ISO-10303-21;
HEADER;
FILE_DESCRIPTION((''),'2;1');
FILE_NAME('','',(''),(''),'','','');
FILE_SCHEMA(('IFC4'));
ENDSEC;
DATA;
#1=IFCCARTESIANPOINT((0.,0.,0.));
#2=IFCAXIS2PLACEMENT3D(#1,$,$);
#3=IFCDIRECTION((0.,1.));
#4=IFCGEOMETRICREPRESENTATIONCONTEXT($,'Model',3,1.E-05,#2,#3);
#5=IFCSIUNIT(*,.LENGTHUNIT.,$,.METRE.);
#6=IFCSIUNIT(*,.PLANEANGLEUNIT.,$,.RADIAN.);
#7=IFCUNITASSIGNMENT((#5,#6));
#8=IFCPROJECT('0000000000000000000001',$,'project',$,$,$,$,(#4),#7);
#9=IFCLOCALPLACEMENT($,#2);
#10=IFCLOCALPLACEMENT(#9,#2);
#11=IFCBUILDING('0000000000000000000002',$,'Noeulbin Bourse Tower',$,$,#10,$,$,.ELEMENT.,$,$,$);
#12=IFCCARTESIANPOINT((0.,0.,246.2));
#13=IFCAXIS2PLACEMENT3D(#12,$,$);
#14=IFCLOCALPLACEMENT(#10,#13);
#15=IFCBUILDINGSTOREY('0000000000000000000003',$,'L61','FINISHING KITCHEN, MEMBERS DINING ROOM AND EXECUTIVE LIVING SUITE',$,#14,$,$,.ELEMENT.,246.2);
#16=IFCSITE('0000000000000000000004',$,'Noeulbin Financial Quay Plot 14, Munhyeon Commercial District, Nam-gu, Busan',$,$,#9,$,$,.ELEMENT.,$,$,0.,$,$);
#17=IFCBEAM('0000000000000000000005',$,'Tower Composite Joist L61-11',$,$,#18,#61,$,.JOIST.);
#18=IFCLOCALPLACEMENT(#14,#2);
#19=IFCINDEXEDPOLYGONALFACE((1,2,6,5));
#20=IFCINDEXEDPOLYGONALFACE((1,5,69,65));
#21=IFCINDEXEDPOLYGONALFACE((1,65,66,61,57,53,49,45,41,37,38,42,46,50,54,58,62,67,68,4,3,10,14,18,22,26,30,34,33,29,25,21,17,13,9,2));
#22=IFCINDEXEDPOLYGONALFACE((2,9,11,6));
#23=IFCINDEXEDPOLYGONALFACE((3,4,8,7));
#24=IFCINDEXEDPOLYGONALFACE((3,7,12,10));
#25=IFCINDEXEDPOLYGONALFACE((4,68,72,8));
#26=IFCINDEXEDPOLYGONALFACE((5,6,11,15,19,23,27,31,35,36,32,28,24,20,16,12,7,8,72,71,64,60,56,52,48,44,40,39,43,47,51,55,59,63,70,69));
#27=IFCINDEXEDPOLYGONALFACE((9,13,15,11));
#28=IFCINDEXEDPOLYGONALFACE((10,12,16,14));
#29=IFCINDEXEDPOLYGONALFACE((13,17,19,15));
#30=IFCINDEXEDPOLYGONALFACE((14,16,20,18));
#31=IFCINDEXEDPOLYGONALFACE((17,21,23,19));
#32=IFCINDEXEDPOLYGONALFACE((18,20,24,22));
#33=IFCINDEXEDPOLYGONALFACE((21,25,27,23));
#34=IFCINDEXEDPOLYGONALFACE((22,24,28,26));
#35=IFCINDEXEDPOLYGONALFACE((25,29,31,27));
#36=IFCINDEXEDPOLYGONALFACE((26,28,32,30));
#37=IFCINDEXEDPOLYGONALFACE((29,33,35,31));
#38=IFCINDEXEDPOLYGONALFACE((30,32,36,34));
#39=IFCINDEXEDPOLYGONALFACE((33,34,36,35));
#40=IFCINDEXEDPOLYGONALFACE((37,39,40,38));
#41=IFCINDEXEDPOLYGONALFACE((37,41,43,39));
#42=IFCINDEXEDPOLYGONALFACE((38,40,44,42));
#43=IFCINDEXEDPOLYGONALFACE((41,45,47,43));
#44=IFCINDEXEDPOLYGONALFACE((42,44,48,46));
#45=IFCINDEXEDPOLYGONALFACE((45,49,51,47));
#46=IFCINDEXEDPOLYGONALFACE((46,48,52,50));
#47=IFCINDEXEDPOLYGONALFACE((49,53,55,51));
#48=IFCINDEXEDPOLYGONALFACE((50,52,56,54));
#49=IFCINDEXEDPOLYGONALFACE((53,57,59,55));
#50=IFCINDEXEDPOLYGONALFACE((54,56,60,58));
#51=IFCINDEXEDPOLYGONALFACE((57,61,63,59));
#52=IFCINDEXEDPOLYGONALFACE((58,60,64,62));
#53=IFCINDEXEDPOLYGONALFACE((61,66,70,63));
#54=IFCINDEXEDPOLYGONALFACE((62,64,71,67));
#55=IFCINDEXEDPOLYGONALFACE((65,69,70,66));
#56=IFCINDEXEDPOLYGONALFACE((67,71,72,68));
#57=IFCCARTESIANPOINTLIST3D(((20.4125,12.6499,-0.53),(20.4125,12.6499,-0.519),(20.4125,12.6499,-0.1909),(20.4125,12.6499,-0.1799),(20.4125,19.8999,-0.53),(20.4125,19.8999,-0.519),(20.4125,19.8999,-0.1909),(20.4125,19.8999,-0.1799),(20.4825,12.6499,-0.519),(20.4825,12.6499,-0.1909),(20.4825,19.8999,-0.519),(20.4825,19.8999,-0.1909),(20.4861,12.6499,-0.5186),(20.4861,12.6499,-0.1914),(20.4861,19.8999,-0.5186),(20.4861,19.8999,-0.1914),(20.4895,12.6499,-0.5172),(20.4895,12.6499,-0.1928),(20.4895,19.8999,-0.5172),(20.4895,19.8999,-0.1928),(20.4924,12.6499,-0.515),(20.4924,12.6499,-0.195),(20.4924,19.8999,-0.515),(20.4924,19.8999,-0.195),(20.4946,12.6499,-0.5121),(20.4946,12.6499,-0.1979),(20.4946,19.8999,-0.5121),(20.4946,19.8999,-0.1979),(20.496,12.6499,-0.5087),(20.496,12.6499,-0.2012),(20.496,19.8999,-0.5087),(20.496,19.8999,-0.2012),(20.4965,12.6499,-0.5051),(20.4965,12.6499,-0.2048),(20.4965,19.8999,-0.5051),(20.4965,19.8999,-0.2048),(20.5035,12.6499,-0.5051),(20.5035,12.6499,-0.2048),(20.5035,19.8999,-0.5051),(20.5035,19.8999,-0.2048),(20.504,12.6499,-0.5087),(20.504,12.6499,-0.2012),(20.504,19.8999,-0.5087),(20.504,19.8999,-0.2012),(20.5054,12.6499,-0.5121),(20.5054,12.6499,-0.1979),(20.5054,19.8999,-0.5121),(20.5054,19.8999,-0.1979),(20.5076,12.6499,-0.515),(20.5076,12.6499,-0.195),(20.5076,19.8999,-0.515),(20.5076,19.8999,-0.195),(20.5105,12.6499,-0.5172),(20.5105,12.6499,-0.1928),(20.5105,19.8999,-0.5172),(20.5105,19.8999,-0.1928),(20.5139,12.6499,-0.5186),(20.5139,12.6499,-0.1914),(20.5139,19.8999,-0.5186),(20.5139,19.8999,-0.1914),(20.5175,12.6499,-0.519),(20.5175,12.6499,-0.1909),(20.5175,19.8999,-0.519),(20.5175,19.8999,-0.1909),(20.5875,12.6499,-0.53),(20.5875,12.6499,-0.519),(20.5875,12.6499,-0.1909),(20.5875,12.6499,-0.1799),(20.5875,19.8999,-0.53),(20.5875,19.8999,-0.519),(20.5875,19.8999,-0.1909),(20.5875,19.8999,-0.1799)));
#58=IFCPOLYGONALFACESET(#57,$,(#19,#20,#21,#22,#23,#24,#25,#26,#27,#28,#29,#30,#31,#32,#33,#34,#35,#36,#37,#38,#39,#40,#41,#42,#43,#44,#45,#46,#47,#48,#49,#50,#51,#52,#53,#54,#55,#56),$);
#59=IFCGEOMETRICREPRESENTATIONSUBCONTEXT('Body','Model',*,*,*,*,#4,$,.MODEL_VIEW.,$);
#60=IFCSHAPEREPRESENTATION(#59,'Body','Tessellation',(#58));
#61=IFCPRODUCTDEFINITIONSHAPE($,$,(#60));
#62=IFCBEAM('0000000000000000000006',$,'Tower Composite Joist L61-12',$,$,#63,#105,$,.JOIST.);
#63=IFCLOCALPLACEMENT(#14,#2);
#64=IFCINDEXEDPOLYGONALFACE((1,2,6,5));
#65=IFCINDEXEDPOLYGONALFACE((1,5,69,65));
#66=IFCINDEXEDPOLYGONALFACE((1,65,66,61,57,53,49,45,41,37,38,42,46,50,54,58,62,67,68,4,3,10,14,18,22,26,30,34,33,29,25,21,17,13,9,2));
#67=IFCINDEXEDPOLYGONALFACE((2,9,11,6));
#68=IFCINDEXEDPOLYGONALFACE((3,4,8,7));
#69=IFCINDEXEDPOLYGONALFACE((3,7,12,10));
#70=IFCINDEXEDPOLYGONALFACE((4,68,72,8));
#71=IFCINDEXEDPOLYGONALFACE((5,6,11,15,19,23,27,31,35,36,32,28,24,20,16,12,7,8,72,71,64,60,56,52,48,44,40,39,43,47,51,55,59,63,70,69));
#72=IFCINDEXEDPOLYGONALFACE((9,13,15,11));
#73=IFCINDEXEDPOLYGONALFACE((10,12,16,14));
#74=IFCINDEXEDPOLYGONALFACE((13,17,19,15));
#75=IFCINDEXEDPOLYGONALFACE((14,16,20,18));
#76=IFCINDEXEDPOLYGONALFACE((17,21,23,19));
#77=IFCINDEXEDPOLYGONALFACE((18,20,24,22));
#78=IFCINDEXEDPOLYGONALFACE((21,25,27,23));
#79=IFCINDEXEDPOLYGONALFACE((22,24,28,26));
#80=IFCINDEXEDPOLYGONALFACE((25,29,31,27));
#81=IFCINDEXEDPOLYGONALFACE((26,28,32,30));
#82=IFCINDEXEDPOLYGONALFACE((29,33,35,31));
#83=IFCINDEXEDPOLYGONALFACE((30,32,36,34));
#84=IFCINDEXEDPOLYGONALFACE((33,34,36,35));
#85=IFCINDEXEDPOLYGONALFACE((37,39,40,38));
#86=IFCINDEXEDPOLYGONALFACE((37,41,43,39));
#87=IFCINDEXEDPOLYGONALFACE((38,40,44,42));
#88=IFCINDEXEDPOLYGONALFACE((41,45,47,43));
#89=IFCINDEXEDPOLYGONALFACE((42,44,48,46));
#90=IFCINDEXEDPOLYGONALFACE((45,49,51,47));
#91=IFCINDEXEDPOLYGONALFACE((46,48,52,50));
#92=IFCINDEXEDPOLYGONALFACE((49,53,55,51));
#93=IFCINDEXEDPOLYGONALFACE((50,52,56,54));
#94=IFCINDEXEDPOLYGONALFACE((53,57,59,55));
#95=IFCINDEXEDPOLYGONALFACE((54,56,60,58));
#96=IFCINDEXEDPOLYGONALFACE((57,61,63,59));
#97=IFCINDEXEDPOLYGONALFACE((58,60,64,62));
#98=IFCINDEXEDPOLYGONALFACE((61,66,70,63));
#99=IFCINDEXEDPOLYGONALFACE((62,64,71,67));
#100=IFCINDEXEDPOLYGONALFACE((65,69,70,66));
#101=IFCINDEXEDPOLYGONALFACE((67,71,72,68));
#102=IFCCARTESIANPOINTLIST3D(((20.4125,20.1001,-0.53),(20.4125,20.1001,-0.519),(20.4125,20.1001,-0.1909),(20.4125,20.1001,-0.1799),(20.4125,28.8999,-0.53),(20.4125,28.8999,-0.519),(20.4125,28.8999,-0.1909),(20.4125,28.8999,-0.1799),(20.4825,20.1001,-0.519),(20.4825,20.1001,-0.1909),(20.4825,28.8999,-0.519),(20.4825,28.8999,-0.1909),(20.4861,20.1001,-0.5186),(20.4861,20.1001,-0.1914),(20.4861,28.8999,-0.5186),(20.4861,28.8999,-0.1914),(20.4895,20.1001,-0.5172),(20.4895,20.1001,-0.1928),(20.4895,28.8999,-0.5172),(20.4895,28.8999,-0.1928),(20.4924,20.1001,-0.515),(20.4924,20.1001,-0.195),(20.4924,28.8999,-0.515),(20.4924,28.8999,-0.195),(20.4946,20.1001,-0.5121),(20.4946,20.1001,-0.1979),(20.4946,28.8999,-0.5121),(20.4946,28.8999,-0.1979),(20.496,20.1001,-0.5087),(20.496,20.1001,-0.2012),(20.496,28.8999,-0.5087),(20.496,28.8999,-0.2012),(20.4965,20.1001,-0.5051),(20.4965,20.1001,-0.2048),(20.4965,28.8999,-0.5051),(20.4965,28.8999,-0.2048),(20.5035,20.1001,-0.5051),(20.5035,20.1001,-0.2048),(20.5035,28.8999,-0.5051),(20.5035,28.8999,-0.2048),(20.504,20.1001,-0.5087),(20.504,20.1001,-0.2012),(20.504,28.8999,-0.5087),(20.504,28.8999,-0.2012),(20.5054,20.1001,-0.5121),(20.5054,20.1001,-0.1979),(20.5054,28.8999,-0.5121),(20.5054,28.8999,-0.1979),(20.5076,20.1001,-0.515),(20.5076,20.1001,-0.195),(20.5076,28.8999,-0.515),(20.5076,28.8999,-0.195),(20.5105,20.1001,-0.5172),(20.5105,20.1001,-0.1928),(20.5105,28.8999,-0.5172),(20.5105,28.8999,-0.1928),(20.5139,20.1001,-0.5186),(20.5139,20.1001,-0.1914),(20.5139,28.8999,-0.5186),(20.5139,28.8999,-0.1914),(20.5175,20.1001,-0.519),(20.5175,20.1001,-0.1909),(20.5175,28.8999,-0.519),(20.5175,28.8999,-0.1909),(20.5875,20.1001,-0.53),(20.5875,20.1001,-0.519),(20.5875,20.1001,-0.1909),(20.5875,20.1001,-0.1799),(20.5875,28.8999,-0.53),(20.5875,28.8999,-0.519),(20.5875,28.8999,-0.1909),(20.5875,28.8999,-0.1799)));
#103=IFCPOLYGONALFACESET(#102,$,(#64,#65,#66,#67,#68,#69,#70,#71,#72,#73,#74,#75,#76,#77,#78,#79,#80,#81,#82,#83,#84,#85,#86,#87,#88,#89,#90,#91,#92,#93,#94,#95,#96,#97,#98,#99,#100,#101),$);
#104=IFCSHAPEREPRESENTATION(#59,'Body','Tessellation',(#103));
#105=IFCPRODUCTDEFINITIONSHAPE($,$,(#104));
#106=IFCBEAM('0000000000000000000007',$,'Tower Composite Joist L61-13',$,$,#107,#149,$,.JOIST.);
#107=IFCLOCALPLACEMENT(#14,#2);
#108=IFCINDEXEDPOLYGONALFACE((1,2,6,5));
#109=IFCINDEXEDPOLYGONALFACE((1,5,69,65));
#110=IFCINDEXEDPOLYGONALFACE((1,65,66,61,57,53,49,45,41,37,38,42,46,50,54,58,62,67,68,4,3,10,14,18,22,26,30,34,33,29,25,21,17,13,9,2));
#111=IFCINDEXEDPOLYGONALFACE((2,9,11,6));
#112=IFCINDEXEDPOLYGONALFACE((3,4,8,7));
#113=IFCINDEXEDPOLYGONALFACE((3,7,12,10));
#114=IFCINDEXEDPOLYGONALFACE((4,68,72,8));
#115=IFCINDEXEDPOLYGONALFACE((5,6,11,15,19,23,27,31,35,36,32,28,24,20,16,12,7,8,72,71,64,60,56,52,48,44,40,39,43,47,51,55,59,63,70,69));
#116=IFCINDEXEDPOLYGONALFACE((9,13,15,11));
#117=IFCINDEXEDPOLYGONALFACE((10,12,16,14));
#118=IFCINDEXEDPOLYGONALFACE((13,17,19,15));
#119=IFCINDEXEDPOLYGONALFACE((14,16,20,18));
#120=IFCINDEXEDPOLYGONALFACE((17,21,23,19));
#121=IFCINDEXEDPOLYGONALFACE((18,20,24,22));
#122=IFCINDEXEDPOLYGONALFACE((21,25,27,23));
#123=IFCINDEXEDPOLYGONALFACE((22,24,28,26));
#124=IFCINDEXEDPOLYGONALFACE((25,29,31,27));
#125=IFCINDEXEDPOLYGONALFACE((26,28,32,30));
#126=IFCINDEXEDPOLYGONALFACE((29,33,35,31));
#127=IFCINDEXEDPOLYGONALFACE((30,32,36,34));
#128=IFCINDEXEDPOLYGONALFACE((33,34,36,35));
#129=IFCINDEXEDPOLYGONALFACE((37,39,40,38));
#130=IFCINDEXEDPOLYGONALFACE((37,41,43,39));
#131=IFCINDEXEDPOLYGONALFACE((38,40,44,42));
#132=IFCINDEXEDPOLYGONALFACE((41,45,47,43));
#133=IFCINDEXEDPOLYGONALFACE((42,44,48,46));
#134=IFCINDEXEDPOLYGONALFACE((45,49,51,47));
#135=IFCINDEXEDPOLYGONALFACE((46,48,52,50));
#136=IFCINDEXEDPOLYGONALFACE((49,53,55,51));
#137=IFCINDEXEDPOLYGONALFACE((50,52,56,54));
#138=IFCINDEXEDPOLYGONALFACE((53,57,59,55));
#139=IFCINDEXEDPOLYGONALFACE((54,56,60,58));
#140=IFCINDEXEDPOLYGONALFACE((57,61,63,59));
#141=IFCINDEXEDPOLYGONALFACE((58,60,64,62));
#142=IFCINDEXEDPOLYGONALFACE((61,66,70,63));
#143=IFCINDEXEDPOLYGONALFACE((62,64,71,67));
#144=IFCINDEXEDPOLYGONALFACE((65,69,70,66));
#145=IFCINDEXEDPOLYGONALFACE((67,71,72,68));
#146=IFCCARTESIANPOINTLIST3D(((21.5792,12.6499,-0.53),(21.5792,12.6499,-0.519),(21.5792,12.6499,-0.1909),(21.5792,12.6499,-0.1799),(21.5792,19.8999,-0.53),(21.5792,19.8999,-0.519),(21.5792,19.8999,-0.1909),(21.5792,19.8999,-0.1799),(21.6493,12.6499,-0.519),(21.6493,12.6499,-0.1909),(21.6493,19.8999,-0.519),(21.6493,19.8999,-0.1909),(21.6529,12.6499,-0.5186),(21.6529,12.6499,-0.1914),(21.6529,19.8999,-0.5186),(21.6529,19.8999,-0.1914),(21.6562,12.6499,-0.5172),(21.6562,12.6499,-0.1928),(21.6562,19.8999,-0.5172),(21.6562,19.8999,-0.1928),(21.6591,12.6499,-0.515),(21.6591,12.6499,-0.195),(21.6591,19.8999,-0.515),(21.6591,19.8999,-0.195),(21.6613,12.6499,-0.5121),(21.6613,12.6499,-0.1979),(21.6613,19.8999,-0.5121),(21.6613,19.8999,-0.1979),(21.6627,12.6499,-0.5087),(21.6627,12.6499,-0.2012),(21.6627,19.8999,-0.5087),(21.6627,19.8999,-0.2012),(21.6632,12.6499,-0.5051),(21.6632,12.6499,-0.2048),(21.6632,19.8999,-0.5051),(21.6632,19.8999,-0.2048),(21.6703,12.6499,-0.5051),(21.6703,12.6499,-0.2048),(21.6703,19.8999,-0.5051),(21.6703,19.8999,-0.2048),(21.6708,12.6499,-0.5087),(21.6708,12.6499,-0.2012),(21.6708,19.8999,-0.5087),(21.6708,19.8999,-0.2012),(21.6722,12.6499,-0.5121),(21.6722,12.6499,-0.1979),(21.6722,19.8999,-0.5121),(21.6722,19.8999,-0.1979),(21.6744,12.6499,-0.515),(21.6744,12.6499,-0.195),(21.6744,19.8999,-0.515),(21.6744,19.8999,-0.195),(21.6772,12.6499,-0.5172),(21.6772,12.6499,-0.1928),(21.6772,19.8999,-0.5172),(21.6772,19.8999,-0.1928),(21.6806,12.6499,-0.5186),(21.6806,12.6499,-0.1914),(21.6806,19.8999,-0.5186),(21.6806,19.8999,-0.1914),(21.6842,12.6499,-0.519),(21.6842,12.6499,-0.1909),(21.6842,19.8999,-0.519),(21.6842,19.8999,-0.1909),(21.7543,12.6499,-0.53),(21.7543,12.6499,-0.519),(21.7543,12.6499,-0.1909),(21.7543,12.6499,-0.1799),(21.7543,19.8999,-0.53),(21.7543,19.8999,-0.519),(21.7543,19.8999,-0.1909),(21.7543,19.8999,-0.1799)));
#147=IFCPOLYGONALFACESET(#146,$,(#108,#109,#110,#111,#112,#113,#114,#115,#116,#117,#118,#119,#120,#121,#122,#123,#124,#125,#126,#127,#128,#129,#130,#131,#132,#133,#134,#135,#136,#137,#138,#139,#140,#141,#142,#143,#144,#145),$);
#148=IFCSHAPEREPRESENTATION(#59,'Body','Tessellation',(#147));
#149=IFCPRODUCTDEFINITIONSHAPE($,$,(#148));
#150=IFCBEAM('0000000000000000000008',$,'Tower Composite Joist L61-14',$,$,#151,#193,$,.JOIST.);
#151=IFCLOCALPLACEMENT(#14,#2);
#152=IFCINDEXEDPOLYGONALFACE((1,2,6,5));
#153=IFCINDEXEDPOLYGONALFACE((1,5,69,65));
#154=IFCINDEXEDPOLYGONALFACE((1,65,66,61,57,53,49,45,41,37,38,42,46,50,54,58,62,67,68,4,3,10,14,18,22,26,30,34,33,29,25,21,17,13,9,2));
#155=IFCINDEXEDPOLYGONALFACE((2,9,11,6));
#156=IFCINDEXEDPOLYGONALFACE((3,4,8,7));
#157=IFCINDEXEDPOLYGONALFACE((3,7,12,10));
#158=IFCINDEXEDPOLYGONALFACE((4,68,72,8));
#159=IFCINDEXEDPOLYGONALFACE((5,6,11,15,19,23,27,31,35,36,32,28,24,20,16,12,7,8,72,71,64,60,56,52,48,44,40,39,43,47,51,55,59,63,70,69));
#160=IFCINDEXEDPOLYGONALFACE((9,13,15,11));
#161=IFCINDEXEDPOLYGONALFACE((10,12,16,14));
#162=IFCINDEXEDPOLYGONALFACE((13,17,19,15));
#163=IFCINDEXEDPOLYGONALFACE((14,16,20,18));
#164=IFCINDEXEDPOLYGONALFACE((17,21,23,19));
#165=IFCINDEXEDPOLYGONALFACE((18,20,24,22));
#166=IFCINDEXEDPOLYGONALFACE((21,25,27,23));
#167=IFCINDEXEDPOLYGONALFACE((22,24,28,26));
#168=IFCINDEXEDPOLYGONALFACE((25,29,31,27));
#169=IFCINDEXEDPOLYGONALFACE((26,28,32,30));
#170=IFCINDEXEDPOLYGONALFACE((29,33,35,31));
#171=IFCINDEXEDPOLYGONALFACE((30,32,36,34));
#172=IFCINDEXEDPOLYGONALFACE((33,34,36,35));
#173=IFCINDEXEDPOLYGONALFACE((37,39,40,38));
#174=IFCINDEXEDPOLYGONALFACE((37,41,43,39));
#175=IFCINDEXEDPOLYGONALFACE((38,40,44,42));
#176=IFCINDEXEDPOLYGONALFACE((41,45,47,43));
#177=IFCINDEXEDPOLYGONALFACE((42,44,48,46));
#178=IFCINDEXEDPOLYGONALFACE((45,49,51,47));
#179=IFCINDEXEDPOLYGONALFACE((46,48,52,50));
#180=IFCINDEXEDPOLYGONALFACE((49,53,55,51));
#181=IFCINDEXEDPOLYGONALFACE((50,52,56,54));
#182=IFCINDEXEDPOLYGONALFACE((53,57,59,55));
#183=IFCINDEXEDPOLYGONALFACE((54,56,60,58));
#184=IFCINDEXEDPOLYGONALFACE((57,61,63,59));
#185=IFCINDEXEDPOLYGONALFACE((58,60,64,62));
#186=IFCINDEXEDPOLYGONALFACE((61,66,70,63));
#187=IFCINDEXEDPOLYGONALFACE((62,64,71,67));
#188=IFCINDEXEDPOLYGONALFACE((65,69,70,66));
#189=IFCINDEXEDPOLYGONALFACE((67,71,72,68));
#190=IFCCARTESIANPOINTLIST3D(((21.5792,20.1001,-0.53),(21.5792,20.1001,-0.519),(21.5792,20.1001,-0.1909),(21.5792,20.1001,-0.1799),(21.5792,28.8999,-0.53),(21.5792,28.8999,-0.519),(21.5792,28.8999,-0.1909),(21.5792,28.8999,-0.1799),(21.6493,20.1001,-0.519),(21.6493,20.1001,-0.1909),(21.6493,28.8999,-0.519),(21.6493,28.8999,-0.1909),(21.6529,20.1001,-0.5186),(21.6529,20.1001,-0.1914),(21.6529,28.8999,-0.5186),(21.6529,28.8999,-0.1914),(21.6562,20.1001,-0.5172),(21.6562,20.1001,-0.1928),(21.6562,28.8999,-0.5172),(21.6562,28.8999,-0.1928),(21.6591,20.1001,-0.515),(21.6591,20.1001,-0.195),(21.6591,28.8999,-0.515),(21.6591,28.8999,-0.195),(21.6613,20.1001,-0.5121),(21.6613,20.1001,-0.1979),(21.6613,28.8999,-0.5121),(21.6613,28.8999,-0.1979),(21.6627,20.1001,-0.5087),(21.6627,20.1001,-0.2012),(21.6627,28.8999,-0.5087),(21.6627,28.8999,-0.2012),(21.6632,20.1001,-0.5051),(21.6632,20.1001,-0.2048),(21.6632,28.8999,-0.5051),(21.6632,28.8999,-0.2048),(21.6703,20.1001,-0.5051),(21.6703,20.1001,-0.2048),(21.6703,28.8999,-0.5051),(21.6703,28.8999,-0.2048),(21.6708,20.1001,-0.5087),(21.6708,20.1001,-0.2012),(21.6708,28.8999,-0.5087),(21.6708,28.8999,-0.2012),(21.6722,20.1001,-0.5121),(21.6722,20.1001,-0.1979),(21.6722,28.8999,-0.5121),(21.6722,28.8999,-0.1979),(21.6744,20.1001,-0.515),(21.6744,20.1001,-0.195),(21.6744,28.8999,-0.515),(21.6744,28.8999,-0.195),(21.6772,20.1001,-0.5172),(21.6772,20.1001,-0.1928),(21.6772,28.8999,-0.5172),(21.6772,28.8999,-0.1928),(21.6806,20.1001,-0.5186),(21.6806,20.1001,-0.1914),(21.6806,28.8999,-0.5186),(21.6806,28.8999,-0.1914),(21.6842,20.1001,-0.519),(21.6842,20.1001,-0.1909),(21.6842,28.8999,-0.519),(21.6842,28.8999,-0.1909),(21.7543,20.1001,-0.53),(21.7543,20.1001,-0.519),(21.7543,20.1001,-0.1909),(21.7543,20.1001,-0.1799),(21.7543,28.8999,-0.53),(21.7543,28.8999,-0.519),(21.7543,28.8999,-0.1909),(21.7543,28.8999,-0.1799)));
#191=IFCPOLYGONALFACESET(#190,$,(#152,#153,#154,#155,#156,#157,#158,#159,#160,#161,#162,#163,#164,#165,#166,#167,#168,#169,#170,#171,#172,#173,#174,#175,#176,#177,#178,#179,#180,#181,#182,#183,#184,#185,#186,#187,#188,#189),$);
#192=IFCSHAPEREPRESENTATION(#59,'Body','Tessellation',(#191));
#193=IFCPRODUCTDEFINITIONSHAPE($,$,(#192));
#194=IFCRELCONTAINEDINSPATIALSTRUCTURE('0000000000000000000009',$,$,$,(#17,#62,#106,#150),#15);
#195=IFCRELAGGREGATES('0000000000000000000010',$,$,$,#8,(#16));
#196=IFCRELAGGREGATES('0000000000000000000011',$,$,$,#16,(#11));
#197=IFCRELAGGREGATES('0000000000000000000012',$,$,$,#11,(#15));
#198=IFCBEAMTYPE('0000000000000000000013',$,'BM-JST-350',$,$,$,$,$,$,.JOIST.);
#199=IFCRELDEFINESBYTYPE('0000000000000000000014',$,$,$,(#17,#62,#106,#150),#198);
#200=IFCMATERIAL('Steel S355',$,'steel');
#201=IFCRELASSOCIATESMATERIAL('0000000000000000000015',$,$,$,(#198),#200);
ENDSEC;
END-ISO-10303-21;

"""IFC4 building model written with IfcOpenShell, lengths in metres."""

from ifc_helpers import new_model, si_unit, direction, frame, origin, origin_2d, place, context, subcontext, project, spatial, i_section, extrude, material, material_profile, profile_set, type_object, element, save


model = new_model("IFC4")

# Units and contexts
model_context = context("Model", 3, precision=1e-05, world=origin(), true_north=direction((0.0, 1.0)))
body_context = subcontext(model_context, "Body", "Model", "MODEL_VIEW")
ifc_project = project(units=[si_unit("LENGTHUNIT", "METRE"), si_unit("PLANEANGLEUNIT", "RADIAN")], contexts=[model_context])

# Site, building, storey
site_placement = place(None, origin())
site = spatial("IfcSite", under=ifc_project, at=site_placement, Name="Noeulbin Financial Quay Plot 14, Munhyeon Commercial District, Nam-gu, Busan", CompositionType="ELEMENT", RefElevation=0.0)
building_placement = place(site_placement, origin())
building = spatial("IfcBuilding", under=site, at=building_placement, Name="Noeulbin Bourse Tower", CompositionType="ELEMENT")
storey_placement = place(building_placement, frame((0.0, 0.0, 246.2)))
storey = spatial("IfcBuildingStorey", under=building, at=storey_placement, Name="L61", Description="FINISHING KITCHEN, MEMBERS DINING ROOM AND EXECUTIVE LIVING SUITE", CompositionType="ELEMENT", Elevation=246.2)

# Shared definitions
ifc_material_1 = material(Name="Steel S355", Category="steel")

# Beams
ifc_material_profile_1 = material_profile(ifc_material_1, i_section(OverallWidth=0.175, OverallDepth=0.3501, WebThickness=0.0071, FlangeThickness=0.011, FilletRadius=0.0139, at=origin_2d()), Name="H-350x175x7x11", Category="LoadBearing")
ifc_profile_set_1 = profile_set([ifc_material_profile_1], Name="Steel S355")
beam_type_1 = type_object("IfcBeamType", Name="BM-JST-350", PredefinedType="JOIST", material=ifc_profile_set_1)
beam_1_placement = place(storey_placement, frame((20.5, 12.6499, -0.355), z_axis=(0.0, 1.0, 0.0), x_axis=(-1.0, 0.0, 0.0)))
element("IfcBeam", 1, at=beam_1_placement, inside=storey, type_object=beam_type_1, Name="Tower Composite Joist L61-11", PredefinedType="JOIST", context=body_context, shape_type="SweptSolid", body=[
    extrude(i_section(OverallWidth=0.175, OverallDepth=0.3501, WebThickness=0.0071, FlangeThickness=0.011, FilletRadius=0.0139, at=origin_2d()), origin(), (0.0, 0.0, 1.0), 7.25),
])
beam_2_placement = place(storey_placement, frame((20.5, 20.1001, -0.355), z_axis=(0.0, 1.0, 0.0), x_axis=(-1.0, 0.0, 0.0)))
element("IfcBeam", 2, at=beam_2_placement, inside=storey, type_object=beam_type_1, Name="Tower Composite Joist L61-12", PredefinedType="JOIST", context=body_context, shape_type="SweptSolid", body=[
    extrude(i_section(OverallWidth=0.175, OverallDepth=0.3501, WebThickness=0.0071, FlangeThickness=0.011, FilletRadius=0.0139, at=origin_2d()), origin(), (0.0, 0.0, 1.0), 8.7998),
])
beam_3_placement = place(storey_placement, frame((21.6667, 12.6499, -0.355), z_axis=(0.0, 1.0, 0.0), x_axis=(-1.0, 0.0, 0.0)))
element("IfcBeam", 3, at=beam_3_placement, inside=storey, type_object=beam_type_1, Name="Tower Composite Joist L61-13", PredefinedType="JOIST", context=body_context, shape_type="SweptSolid", body=[
    extrude(i_section(OverallWidth=0.175, OverallDepth=0.3501, WebThickness=0.0071, FlangeThickness=0.011, FilletRadius=0.0139, at=origin_2d()), origin(), (0.0, 0.0, 1.0), 7.25),
])
beam_4_placement = place(storey_placement, frame((21.6667, 20.1001, -0.355), z_axis=(0.0, 1.0, 0.0), x_axis=(-1.0, 0.0, 0.0)))
element("IfcBeam", 4, at=beam_4_placement, inside=storey, type_object=beam_type_1, Name="Tower Composite Joist L61-14", PredefinedType="JOIST", context=body_context, shape_type="SweptSolid", body=[
    extrude(i_section(OverallWidth=0.175, OverallDepth=0.3501, WebThickness=0.0071, FlangeThickness=0.011, FilletRadius=0.0139, at=origin_2d()), origin(), (0.0, 0.0, 1.0), 8.7998),
])

save(model, "model.ifc")
